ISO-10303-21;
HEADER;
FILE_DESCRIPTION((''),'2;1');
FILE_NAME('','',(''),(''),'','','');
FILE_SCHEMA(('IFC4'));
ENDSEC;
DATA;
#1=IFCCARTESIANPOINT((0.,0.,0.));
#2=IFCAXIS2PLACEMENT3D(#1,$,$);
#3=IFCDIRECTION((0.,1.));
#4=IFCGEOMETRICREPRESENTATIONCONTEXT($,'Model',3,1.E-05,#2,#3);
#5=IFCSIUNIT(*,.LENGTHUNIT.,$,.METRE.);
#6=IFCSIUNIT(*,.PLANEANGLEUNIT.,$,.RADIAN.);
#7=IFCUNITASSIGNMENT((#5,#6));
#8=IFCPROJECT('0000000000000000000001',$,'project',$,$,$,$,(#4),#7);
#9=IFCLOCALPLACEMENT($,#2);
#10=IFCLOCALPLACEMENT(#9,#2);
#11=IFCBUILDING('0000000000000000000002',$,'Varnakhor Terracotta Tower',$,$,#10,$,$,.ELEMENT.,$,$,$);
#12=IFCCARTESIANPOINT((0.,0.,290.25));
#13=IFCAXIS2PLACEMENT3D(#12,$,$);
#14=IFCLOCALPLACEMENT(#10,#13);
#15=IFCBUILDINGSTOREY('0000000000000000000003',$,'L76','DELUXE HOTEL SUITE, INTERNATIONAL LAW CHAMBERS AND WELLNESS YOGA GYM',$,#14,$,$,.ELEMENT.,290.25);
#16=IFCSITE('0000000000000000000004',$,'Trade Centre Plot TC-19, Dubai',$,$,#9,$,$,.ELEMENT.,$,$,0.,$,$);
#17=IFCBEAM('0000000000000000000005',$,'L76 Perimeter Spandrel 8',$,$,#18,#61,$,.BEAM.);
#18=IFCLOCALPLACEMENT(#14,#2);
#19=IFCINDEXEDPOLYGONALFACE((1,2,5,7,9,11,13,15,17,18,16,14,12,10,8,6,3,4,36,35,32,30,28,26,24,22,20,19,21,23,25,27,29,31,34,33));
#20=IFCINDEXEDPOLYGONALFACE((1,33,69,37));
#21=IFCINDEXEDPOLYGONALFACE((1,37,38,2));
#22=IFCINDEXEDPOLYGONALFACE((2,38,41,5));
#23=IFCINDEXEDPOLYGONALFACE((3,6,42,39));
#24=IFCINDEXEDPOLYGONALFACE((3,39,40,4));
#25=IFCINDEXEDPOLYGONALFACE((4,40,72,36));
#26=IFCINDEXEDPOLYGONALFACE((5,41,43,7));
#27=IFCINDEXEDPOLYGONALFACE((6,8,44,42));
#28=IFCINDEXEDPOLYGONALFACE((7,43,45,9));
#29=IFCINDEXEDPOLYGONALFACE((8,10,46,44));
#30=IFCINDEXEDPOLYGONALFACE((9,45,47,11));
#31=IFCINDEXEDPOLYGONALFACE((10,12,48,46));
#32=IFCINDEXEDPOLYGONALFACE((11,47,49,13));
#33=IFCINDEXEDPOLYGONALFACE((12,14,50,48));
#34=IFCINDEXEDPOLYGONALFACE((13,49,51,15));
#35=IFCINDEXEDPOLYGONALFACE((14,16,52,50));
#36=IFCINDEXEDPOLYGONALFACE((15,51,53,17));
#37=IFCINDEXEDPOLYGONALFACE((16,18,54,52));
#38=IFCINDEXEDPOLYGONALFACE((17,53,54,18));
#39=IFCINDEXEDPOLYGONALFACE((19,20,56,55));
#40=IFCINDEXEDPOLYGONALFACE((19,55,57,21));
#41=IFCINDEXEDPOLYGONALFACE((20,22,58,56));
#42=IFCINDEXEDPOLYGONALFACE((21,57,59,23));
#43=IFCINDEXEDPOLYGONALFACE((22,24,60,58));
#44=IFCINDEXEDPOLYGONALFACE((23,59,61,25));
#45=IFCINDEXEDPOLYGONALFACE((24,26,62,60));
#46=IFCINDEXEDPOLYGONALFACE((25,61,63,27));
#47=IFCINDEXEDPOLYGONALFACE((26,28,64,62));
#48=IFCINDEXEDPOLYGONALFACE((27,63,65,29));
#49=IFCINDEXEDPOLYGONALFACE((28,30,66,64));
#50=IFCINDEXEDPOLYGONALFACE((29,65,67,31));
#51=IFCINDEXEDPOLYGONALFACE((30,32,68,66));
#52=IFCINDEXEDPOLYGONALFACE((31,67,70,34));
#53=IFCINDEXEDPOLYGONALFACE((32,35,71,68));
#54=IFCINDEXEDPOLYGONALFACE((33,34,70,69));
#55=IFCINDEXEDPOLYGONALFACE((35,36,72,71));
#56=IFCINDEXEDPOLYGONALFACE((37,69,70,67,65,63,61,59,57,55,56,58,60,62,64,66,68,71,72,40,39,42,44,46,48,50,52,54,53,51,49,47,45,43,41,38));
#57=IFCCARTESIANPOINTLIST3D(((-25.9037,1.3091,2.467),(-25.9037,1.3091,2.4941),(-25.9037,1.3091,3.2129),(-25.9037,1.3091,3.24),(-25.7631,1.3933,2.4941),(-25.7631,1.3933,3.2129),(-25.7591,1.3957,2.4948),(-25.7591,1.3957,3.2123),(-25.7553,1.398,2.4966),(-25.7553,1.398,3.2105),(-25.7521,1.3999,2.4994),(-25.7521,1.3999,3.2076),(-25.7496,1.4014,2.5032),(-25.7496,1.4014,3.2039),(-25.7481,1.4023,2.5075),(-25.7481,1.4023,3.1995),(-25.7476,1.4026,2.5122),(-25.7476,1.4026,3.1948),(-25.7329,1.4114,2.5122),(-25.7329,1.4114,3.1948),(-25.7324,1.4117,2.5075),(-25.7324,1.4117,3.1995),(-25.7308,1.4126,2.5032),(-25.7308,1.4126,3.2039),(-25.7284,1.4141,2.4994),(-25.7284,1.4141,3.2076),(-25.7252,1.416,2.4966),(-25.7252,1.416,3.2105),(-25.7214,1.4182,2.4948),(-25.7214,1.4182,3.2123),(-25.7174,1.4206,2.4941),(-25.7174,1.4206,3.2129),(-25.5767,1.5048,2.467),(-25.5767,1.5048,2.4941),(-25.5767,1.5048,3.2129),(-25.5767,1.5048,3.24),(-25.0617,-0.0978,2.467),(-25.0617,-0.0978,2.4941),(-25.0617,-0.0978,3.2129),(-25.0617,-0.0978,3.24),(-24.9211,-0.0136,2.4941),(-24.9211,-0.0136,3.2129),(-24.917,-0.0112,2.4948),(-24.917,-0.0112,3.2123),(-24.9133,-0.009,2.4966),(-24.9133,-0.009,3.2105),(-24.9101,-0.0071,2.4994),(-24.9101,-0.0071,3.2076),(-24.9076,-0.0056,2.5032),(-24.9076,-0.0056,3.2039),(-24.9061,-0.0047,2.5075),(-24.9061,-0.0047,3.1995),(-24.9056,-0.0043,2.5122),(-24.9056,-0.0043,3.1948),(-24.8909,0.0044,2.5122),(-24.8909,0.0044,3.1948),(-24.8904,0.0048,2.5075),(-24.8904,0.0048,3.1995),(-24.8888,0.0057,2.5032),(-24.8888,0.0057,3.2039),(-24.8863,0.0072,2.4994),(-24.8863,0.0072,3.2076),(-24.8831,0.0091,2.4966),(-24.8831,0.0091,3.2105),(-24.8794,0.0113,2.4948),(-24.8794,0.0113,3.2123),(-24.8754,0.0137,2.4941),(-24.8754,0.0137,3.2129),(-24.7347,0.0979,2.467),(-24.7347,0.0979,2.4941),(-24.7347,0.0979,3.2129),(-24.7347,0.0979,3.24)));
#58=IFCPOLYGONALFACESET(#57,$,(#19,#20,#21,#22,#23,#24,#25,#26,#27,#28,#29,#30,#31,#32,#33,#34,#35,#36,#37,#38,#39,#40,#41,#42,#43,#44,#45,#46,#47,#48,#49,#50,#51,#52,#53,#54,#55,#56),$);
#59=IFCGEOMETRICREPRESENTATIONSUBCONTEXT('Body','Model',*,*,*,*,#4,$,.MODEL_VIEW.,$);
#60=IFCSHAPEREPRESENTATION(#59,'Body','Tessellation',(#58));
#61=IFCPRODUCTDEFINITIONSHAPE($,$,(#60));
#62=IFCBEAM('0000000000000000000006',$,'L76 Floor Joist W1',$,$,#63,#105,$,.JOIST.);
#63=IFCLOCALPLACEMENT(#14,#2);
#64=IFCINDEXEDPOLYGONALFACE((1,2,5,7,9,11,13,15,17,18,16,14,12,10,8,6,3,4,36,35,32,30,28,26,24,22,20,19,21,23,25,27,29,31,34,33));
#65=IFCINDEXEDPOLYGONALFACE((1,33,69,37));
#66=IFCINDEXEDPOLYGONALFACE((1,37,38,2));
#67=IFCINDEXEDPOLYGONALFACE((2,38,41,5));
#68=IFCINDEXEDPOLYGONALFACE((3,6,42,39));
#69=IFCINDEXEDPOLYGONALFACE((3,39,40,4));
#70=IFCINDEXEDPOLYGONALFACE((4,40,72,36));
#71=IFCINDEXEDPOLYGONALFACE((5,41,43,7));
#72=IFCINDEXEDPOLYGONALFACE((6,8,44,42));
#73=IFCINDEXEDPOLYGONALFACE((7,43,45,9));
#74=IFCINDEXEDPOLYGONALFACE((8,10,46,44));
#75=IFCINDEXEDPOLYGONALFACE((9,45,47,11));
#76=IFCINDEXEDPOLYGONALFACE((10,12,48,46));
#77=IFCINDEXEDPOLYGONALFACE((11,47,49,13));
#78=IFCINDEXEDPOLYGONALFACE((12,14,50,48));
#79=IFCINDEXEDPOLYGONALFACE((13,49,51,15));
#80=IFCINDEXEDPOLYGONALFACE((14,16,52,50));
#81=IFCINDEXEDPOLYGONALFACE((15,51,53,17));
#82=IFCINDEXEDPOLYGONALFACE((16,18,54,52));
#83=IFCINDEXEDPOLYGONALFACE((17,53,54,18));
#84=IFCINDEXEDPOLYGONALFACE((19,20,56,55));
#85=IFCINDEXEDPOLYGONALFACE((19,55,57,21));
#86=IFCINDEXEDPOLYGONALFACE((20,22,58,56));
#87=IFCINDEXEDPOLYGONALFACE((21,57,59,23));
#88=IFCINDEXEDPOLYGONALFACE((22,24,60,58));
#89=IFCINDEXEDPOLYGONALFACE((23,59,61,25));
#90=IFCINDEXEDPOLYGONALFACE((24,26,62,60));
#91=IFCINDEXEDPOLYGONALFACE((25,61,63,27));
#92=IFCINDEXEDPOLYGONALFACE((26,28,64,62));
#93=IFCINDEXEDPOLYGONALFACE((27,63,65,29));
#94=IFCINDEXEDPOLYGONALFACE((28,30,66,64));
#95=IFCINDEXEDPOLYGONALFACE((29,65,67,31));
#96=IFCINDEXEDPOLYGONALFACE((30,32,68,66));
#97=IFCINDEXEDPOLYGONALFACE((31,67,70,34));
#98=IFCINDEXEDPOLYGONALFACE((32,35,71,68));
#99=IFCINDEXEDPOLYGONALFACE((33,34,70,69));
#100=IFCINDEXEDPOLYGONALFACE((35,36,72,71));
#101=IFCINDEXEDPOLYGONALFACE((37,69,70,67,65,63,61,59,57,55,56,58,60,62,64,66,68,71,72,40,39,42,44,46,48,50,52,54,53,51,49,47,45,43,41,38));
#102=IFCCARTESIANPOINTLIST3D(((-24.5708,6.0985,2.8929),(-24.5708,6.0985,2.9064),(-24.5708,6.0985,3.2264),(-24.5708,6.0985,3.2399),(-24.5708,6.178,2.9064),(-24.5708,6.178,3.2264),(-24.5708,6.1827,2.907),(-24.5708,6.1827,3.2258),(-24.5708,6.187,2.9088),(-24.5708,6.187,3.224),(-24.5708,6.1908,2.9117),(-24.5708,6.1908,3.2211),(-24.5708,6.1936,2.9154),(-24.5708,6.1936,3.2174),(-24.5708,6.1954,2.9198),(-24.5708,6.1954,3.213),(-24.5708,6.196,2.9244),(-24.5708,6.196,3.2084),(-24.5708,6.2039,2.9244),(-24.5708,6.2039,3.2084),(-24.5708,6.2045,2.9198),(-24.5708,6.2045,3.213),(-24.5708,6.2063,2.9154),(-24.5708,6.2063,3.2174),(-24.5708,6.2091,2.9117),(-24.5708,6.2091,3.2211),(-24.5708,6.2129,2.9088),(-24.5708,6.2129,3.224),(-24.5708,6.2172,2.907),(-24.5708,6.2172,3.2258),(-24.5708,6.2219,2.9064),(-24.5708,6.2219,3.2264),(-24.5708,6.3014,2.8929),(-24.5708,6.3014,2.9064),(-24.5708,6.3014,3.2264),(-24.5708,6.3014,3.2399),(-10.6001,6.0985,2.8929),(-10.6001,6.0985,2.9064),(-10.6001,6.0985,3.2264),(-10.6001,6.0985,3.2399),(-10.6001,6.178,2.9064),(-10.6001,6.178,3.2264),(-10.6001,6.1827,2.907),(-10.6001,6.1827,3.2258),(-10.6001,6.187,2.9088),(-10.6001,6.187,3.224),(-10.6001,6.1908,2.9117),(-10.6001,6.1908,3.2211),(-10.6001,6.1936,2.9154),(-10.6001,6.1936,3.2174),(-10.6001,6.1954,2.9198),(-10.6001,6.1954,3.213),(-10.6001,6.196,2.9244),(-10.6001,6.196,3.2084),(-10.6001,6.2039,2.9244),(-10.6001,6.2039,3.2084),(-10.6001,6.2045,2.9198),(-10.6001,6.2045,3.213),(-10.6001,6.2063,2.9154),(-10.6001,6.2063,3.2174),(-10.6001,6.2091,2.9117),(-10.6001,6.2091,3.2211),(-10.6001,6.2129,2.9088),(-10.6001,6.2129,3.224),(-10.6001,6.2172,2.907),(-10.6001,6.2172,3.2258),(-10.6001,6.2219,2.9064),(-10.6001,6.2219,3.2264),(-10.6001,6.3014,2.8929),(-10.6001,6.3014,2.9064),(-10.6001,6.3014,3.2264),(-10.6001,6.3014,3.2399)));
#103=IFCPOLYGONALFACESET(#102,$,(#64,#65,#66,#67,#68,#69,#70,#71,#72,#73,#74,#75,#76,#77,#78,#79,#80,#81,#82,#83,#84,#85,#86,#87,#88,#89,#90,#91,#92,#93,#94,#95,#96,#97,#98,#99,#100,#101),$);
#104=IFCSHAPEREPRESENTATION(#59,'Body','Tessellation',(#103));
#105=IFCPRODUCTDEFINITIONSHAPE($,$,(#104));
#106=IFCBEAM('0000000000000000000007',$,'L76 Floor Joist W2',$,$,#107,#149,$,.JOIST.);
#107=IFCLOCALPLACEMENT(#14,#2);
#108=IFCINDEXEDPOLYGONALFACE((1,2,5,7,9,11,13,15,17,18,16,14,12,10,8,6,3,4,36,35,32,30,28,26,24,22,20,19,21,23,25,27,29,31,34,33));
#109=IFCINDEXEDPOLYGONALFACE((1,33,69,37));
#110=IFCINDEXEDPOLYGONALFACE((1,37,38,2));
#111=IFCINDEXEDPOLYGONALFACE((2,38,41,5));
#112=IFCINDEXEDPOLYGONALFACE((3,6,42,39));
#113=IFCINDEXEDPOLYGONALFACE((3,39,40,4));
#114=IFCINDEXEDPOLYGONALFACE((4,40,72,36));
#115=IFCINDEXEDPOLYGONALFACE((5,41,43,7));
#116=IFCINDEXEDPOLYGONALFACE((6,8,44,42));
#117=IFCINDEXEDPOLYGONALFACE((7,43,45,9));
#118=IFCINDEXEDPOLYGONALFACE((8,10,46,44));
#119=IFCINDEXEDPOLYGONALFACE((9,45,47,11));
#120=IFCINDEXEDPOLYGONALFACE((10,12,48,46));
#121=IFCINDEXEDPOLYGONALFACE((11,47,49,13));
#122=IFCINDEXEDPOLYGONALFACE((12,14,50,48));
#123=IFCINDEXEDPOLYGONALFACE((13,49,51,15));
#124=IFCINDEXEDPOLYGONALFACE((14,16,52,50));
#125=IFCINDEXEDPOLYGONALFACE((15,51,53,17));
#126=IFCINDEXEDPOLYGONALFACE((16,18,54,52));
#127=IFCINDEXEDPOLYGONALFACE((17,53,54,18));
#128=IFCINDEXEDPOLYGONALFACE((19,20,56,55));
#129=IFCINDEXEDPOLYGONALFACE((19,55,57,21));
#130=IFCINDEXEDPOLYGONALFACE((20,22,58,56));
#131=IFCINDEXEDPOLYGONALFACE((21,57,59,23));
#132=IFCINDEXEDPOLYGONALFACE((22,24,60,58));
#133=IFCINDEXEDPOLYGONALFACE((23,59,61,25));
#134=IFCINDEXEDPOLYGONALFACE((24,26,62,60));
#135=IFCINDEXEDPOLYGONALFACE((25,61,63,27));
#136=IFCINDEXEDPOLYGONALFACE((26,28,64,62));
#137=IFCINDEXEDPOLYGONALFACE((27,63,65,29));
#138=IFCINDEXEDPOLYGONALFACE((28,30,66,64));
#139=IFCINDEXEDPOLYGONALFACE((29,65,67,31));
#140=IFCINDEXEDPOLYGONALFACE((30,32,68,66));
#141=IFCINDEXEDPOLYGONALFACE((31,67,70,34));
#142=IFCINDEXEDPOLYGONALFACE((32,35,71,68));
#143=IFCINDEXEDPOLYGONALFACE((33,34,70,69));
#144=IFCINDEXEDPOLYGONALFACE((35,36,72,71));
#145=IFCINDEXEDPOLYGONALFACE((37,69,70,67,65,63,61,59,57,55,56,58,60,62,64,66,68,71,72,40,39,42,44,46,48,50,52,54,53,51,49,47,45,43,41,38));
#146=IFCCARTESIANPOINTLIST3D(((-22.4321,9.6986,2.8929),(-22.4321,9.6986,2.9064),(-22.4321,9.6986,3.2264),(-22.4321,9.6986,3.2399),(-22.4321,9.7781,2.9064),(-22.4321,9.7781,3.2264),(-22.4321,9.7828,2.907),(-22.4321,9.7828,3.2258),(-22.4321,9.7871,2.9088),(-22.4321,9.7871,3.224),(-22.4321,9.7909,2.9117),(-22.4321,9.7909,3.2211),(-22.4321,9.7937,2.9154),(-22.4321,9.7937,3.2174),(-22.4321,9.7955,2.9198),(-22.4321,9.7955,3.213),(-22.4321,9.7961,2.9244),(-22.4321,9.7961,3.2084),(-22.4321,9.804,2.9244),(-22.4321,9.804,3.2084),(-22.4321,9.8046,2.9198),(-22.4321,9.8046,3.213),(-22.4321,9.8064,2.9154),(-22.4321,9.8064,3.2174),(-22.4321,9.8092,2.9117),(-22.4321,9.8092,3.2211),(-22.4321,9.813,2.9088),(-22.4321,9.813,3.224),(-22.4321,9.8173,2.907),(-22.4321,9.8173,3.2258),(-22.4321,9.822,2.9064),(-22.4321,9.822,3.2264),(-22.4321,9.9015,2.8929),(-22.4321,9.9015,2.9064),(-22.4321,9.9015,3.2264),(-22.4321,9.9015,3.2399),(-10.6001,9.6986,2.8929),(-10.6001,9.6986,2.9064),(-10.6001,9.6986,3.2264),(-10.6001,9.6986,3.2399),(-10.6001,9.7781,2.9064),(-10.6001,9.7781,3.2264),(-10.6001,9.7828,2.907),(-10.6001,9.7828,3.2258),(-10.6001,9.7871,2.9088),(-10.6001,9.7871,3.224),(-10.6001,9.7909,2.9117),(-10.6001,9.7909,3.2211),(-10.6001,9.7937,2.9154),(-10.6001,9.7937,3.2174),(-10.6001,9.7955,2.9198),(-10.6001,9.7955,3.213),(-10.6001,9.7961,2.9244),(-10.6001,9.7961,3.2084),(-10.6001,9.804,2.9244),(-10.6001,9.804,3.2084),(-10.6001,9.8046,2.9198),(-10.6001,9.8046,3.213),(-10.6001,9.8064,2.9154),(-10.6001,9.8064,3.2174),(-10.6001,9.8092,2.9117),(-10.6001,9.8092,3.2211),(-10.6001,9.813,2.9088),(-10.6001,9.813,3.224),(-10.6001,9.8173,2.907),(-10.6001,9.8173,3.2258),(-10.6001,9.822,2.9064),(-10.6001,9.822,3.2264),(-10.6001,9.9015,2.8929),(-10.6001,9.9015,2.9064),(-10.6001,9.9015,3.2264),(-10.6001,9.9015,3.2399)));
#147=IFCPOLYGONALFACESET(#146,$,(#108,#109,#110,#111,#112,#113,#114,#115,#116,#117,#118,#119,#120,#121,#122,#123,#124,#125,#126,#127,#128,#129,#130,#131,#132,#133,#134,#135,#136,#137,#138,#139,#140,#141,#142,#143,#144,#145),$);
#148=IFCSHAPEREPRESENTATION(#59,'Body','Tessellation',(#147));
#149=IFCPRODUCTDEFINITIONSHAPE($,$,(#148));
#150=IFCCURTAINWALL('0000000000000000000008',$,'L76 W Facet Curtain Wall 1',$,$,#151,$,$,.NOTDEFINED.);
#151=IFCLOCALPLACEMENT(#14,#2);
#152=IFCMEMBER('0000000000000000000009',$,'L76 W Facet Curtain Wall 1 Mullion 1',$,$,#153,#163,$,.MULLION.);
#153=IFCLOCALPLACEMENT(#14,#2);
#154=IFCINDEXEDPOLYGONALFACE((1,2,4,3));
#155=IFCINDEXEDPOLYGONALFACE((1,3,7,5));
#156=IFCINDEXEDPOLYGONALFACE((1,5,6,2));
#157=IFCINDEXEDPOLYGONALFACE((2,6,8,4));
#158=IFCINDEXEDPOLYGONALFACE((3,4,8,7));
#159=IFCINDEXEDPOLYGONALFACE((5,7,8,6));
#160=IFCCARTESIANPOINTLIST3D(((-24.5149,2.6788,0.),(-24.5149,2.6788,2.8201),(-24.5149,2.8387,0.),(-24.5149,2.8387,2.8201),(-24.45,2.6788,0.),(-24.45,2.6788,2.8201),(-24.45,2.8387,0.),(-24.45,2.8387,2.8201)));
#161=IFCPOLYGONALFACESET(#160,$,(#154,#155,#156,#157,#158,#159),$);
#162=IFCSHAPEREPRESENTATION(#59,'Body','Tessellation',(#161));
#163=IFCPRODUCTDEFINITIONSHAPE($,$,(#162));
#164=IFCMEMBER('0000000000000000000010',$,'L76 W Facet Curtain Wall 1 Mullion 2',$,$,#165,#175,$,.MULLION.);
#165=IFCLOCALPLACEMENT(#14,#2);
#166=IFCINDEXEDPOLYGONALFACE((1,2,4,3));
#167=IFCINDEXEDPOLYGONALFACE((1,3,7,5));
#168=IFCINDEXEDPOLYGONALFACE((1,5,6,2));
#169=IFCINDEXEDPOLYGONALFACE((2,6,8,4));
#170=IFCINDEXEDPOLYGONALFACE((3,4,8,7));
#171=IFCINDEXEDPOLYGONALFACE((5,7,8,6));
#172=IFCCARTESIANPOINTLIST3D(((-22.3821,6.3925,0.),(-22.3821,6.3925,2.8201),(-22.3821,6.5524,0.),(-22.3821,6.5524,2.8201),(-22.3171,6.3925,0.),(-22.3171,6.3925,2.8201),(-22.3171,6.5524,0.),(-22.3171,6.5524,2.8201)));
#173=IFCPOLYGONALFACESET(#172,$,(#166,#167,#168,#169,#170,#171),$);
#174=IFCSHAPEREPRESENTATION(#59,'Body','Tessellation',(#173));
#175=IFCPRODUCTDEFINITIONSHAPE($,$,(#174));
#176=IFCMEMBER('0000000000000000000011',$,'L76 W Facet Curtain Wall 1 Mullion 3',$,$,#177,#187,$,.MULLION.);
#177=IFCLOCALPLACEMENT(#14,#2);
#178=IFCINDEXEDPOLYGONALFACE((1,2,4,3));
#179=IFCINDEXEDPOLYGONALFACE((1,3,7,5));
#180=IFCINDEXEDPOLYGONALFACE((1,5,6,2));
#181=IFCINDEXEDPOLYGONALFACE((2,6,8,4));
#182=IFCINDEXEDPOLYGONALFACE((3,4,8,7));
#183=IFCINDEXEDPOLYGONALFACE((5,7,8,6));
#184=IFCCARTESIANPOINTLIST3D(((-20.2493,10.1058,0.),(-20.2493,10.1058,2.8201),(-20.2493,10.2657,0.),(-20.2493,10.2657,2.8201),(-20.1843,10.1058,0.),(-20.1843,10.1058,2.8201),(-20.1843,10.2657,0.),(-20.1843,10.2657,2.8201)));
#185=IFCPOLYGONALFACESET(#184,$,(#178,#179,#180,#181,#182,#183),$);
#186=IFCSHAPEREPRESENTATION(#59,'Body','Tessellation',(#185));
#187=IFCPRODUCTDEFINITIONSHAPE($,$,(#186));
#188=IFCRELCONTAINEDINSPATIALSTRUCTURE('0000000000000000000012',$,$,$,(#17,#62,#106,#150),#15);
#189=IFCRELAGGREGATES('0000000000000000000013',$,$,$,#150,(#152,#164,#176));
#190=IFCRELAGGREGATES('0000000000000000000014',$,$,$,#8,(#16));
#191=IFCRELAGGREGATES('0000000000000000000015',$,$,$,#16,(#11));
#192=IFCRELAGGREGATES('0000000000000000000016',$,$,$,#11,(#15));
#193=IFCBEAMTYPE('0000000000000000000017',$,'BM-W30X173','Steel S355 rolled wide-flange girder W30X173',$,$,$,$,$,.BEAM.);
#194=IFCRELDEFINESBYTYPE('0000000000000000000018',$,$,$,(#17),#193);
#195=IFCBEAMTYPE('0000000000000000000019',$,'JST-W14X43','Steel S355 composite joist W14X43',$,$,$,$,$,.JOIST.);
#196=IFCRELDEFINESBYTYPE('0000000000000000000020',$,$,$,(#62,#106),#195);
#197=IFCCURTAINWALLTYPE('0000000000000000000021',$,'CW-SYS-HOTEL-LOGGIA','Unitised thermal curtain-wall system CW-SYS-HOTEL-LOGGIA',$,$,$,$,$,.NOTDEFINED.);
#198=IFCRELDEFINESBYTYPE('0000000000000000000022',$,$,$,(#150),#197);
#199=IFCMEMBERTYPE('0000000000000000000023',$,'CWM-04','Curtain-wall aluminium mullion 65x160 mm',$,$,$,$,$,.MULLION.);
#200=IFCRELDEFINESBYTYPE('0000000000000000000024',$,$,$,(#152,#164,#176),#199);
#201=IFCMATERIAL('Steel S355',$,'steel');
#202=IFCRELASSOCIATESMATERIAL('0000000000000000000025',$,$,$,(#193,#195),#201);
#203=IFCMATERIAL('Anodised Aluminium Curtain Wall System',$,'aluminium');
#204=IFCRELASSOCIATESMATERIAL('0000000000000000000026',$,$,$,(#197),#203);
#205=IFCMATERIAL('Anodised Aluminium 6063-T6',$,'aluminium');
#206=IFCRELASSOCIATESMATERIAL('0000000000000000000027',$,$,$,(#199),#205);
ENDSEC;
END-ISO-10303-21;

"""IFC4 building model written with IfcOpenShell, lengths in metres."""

from ifc_helpers import new_model, si_unit, direction, frame, origin, origin_2d, place, context, subcontext, project, spatial, rectangle, i_section, extrude, source, transform, mapped, material, material_profile, profile_set, type_object, type_shapes, element, aggregate, save


model = new_model("IFC4")

# Units and contexts
model_context = context("Model", 3, precision=1e-05, world=origin(), true_north=direction((0.0, 1.0)))
body_context = subcontext(model_context, "Body", "Model", "MODEL_VIEW")
ifc_project = project(units=[si_unit("LENGTHUNIT", "METRE"), si_unit("PLANEANGLEUNIT", "RADIAN")], contexts=[model_context])

# Site, building, storey
site_placement = place(None, origin())
site = spatial("IfcSite", under=ifc_project, at=site_placement, Name="Trade Centre Plot TC-19, Dubai", CompositionType="ELEMENT", RefElevation=0.0)
building_placement = place(site_placement, origin())
building = spatial("IfcBuilding", under=site, at=building_placement, Name="Varnakhor Terracotta Tower", CompositionType="ELEMENT")
storey_placement = place(building_placement, frame((0.0, 0.0, 290.25)))
storey = spatial("IfcBuildingStorey", under=building, at=storey_placement, Name="L76", Description="DELUXE HOTEL SUITE, INTERNATIONAL LAW CHAMBERS AND WELLNESS YOGA GYM", CompositionType="ELEMENT", Elevation=290.25)

# Shared definitions
ifc_material_1 = material(Name="Steel S355", Category="steel")

# Beams
ifc_material_profile_1 = material_profile(ifc_material_1, i_section(OverallWidth=0.3811, OverallDepth=0.7729, WebThickness=0.0171, FlangeThickness=0.0271, FilletRadius=0.0181, at=origin_2d()), Name="W30X173")
ifc_profile_set_1 = profile_set([ifc_material_profile_1], Name="Steel S355")
beam_type_1 = type_object("IfcBeamType", Name="BM-W30X173", Description="Steel S355 rolled wide-flange girder W30X173", PredefinedType="BEAM", material=ifc_profile_set_1)
shared_shape_1 = source(origin(), body_context, "Body", "SweptSolid", [
    extrude(i_section(OverallWidth=0.3811, OverallDepth=0.7729, WebThickness=0.0171, FlangeThickness=0.0271, FilletRadius=0.0181, at=origin_2d()), origin(), (0.0, 0.0, 1.0), 1.6396),
])
for number, where, z_axis, x_axis, name in (
    (1, (-25.7402, 1.407, 2.8535), (0.513532, -0.85807, 0.0), (0.85807, 0.513532, 0.0), "L76 Perimeter Spandrel 8"),
):
    element("IfcBeam", number, at=place(storey_placement, frame(where, z_axis=z_axis, x_axis=x_axis)), inside=storey, type_object=beam_type_1, Name=name, PredefinedType="BEAM", context=body_context, shape_type="MappedRepresentation", body=[
        mapped(shared_shape_1, transform((0.0, 0.0, 0.0), scale=1.0)),
    ])
ifc_material_profile_2 = material_profile(ifc_material_1, i_section(OverallWidth=0.2029, OverallDepth=0.3469, WebThickness=0.0078, FlangeThickness=0.0134, FilletRadius=0.0181, at=origin_2d()), Name="W14X43")
ifc_profile_set_2 = profile_set([ifc_material_profile_2], Name="Steel S355")
beam_type_2 = type_object("IfcBeamType", Name="JST-W14X43", Description="Steel S355 composite joist W14X43", PredefinedType="JOIST", material=ifc_profile_set_2)
shared_shape_2 = source(origin(), body_context, "Body", "SweptSolid", [
    extrude(i_section(OverallWidth=0.2029, OverallDepth=0.3469, WebThickness=0.0078, FlangeThickness=0.0134, FilletRadius=0.0181, at=origin_2d()), origin(), (0.0, 0.0, 1.0), 13.9707),
])
beam_1_placement = place(storey_placement, frame((-24.5708, 6.2, 3.0664), z_axis=(1.0, 0.0, 0.0), x_axis=(0.0, 1.0, 0.0)))
element("IfcBeam", 2, at=beam_1_placement, inside=storey, type_object=beam_type_2, Name="L76 Floor Joist W1", PredefinedType="JOIST", context=body_context, shape_type="MappedRepresentation", body=[
    mapped(shared_shape_2, transform((0.0, 0.0, 0.0), scale=1.0)),
])
shared_shape_3 = source(origin(), body_context, "Body", "SweptSolid", [
    extrude(i_section(OverallWidth=0.2029, OverallDepth=0.3469, WebThickness=0.0078, FlangeThickness=0.0134, FilletRadius=0.0181, at=origin_2d()), origin(), (0.0, 0.0, 1.0), 11.832),
])
beam_2_placement = place(storey_placement, frame((-22.4321, 9.8, 3.0664), z_axis=(1.0, 0.0, 0.0), x_axis=(0.0, 1.0, 0.0)))
element("IfcBeam", 3, at=beam_2_placement, inside=storey, type_object=beam_type_2, Name="L76 Floor Joist W2", PredefinedType="JOIST", context=body_context, shape_type="MappedRepresentation", body=[
    mapped(shared_shape_3, transform((0.0, 0.0, 0.0), scale=1.0)),
])

# Curtain wall, members
ifc_material_2 = material(Name="Anodised Aluminium Curtain Wall System", Category="aluminium")
curtain_wall_type = type_object("IfcCurtainWallType", Name="CW-SYS-HOTEL-LOGGIA", Description="Unitised thermal curtain-wall system CW-SYS-HOTEL-LOGGIA", PredefinedType="NOTDEFINED", material=ifc_material_2)
curtain_wall_1_placement = place(storey_placement, origin())
curtain_wall_1 = element("IfcCurtainWall", 4, at=curtain_wall_1_placement, inside=storey, type_object=curtain_wall_type, Name="L76 W Facet Curtain Wall 1", PredefinedType="NOTDEFINED")
ifc_material_3 = material(Name="Anodised Aluminium 6063-T6", Category="aluminium")
ifc_material_profile_3 = material_profile(ifc_material_3, rectangle(XDim=0.0649, YDim=0.1599, at=origin_2d()), Name="ALU MULLION 65x160")
ifc_profile_set_3 = profile_set([ifc_material_profile_3], Name="Anodised Aluminium 6063-T6")
member_type_1 = type_object("IfcMemberType", Name="CWM-04", Description="Curtain-wall aluminium mullion 65x160 mm", PredefinedType="MULLION", material=ifc_profile_set_3)
shared_shape_4 = source(origin(), body_context, "Body", "SweptSolid", [
    extrude(rectangle(XDim=0.0649, YDim=0.1599, at=origin_2d()), origin(), (0.0, 0.0, 1.0), 2.8201),
])
type_shapes(member_type_1, [shared_shape_4])
member_1_placement = place(storey_placement, frame((-24.4824, 2.7588, 0.0), z_axis=(0.0, 0.0, 1.0), x_axis=(1.0, 0.0, 0.0)))
member_1 = element("IfcMember", 5, at=member_1_placement, type_object=member_type_1, Name="L76 W Facet Curtain Wall 1 Mullion 1", PredefinedType="MULLION", context=body_context, shape_type="MappedRepresentation", body=[
    mapped(shared_shape_4, transform((0.0, 0.0, 0.0), scale=1.0)),
])
member_2_placement = place(storey_placement, frame((-22.3496, 6.4724, 0.0), z_axis=(0.0, 0.0, 1.0), x_axis=(1.0, 0.0, 0.0)))
member_2 = element("IfcMember", 6, at=member_2_placement, type_object=member_type_1, Name="L76 W Facet Curtain Wall 1 Mullion 2", PredefinedType="MULLION", context=body_context, shape_type="MappedRepresentation", body=[
    mapped(shared_shape_4, transform((0.0, 0.0, 0.0), scale=1.0)),
])
member_3_placement = place(storey_placement, frame((-20.2168, 10.1858, 0.0), z_axis=(0.0, 0.0, 1.0), x_axis=(1.0, 0.0, 0.0)))
member_3 = element("IfcMember", 7, at=member_3_placement, type_object=member_type_1, Name="L76 W Facet Curtain Wall 1 Mullion 3", PredefinedType="MULLION", context=body_context, shape_type="MappedRepresentation", body=[
    mapped(shared_shape_4, transform((0.0, 0.0, 0.0), scale=1.0)),
])

aggregate(curtain_wall_1, [member_1, member_2, member_3])

save(model, "model.ifc")
